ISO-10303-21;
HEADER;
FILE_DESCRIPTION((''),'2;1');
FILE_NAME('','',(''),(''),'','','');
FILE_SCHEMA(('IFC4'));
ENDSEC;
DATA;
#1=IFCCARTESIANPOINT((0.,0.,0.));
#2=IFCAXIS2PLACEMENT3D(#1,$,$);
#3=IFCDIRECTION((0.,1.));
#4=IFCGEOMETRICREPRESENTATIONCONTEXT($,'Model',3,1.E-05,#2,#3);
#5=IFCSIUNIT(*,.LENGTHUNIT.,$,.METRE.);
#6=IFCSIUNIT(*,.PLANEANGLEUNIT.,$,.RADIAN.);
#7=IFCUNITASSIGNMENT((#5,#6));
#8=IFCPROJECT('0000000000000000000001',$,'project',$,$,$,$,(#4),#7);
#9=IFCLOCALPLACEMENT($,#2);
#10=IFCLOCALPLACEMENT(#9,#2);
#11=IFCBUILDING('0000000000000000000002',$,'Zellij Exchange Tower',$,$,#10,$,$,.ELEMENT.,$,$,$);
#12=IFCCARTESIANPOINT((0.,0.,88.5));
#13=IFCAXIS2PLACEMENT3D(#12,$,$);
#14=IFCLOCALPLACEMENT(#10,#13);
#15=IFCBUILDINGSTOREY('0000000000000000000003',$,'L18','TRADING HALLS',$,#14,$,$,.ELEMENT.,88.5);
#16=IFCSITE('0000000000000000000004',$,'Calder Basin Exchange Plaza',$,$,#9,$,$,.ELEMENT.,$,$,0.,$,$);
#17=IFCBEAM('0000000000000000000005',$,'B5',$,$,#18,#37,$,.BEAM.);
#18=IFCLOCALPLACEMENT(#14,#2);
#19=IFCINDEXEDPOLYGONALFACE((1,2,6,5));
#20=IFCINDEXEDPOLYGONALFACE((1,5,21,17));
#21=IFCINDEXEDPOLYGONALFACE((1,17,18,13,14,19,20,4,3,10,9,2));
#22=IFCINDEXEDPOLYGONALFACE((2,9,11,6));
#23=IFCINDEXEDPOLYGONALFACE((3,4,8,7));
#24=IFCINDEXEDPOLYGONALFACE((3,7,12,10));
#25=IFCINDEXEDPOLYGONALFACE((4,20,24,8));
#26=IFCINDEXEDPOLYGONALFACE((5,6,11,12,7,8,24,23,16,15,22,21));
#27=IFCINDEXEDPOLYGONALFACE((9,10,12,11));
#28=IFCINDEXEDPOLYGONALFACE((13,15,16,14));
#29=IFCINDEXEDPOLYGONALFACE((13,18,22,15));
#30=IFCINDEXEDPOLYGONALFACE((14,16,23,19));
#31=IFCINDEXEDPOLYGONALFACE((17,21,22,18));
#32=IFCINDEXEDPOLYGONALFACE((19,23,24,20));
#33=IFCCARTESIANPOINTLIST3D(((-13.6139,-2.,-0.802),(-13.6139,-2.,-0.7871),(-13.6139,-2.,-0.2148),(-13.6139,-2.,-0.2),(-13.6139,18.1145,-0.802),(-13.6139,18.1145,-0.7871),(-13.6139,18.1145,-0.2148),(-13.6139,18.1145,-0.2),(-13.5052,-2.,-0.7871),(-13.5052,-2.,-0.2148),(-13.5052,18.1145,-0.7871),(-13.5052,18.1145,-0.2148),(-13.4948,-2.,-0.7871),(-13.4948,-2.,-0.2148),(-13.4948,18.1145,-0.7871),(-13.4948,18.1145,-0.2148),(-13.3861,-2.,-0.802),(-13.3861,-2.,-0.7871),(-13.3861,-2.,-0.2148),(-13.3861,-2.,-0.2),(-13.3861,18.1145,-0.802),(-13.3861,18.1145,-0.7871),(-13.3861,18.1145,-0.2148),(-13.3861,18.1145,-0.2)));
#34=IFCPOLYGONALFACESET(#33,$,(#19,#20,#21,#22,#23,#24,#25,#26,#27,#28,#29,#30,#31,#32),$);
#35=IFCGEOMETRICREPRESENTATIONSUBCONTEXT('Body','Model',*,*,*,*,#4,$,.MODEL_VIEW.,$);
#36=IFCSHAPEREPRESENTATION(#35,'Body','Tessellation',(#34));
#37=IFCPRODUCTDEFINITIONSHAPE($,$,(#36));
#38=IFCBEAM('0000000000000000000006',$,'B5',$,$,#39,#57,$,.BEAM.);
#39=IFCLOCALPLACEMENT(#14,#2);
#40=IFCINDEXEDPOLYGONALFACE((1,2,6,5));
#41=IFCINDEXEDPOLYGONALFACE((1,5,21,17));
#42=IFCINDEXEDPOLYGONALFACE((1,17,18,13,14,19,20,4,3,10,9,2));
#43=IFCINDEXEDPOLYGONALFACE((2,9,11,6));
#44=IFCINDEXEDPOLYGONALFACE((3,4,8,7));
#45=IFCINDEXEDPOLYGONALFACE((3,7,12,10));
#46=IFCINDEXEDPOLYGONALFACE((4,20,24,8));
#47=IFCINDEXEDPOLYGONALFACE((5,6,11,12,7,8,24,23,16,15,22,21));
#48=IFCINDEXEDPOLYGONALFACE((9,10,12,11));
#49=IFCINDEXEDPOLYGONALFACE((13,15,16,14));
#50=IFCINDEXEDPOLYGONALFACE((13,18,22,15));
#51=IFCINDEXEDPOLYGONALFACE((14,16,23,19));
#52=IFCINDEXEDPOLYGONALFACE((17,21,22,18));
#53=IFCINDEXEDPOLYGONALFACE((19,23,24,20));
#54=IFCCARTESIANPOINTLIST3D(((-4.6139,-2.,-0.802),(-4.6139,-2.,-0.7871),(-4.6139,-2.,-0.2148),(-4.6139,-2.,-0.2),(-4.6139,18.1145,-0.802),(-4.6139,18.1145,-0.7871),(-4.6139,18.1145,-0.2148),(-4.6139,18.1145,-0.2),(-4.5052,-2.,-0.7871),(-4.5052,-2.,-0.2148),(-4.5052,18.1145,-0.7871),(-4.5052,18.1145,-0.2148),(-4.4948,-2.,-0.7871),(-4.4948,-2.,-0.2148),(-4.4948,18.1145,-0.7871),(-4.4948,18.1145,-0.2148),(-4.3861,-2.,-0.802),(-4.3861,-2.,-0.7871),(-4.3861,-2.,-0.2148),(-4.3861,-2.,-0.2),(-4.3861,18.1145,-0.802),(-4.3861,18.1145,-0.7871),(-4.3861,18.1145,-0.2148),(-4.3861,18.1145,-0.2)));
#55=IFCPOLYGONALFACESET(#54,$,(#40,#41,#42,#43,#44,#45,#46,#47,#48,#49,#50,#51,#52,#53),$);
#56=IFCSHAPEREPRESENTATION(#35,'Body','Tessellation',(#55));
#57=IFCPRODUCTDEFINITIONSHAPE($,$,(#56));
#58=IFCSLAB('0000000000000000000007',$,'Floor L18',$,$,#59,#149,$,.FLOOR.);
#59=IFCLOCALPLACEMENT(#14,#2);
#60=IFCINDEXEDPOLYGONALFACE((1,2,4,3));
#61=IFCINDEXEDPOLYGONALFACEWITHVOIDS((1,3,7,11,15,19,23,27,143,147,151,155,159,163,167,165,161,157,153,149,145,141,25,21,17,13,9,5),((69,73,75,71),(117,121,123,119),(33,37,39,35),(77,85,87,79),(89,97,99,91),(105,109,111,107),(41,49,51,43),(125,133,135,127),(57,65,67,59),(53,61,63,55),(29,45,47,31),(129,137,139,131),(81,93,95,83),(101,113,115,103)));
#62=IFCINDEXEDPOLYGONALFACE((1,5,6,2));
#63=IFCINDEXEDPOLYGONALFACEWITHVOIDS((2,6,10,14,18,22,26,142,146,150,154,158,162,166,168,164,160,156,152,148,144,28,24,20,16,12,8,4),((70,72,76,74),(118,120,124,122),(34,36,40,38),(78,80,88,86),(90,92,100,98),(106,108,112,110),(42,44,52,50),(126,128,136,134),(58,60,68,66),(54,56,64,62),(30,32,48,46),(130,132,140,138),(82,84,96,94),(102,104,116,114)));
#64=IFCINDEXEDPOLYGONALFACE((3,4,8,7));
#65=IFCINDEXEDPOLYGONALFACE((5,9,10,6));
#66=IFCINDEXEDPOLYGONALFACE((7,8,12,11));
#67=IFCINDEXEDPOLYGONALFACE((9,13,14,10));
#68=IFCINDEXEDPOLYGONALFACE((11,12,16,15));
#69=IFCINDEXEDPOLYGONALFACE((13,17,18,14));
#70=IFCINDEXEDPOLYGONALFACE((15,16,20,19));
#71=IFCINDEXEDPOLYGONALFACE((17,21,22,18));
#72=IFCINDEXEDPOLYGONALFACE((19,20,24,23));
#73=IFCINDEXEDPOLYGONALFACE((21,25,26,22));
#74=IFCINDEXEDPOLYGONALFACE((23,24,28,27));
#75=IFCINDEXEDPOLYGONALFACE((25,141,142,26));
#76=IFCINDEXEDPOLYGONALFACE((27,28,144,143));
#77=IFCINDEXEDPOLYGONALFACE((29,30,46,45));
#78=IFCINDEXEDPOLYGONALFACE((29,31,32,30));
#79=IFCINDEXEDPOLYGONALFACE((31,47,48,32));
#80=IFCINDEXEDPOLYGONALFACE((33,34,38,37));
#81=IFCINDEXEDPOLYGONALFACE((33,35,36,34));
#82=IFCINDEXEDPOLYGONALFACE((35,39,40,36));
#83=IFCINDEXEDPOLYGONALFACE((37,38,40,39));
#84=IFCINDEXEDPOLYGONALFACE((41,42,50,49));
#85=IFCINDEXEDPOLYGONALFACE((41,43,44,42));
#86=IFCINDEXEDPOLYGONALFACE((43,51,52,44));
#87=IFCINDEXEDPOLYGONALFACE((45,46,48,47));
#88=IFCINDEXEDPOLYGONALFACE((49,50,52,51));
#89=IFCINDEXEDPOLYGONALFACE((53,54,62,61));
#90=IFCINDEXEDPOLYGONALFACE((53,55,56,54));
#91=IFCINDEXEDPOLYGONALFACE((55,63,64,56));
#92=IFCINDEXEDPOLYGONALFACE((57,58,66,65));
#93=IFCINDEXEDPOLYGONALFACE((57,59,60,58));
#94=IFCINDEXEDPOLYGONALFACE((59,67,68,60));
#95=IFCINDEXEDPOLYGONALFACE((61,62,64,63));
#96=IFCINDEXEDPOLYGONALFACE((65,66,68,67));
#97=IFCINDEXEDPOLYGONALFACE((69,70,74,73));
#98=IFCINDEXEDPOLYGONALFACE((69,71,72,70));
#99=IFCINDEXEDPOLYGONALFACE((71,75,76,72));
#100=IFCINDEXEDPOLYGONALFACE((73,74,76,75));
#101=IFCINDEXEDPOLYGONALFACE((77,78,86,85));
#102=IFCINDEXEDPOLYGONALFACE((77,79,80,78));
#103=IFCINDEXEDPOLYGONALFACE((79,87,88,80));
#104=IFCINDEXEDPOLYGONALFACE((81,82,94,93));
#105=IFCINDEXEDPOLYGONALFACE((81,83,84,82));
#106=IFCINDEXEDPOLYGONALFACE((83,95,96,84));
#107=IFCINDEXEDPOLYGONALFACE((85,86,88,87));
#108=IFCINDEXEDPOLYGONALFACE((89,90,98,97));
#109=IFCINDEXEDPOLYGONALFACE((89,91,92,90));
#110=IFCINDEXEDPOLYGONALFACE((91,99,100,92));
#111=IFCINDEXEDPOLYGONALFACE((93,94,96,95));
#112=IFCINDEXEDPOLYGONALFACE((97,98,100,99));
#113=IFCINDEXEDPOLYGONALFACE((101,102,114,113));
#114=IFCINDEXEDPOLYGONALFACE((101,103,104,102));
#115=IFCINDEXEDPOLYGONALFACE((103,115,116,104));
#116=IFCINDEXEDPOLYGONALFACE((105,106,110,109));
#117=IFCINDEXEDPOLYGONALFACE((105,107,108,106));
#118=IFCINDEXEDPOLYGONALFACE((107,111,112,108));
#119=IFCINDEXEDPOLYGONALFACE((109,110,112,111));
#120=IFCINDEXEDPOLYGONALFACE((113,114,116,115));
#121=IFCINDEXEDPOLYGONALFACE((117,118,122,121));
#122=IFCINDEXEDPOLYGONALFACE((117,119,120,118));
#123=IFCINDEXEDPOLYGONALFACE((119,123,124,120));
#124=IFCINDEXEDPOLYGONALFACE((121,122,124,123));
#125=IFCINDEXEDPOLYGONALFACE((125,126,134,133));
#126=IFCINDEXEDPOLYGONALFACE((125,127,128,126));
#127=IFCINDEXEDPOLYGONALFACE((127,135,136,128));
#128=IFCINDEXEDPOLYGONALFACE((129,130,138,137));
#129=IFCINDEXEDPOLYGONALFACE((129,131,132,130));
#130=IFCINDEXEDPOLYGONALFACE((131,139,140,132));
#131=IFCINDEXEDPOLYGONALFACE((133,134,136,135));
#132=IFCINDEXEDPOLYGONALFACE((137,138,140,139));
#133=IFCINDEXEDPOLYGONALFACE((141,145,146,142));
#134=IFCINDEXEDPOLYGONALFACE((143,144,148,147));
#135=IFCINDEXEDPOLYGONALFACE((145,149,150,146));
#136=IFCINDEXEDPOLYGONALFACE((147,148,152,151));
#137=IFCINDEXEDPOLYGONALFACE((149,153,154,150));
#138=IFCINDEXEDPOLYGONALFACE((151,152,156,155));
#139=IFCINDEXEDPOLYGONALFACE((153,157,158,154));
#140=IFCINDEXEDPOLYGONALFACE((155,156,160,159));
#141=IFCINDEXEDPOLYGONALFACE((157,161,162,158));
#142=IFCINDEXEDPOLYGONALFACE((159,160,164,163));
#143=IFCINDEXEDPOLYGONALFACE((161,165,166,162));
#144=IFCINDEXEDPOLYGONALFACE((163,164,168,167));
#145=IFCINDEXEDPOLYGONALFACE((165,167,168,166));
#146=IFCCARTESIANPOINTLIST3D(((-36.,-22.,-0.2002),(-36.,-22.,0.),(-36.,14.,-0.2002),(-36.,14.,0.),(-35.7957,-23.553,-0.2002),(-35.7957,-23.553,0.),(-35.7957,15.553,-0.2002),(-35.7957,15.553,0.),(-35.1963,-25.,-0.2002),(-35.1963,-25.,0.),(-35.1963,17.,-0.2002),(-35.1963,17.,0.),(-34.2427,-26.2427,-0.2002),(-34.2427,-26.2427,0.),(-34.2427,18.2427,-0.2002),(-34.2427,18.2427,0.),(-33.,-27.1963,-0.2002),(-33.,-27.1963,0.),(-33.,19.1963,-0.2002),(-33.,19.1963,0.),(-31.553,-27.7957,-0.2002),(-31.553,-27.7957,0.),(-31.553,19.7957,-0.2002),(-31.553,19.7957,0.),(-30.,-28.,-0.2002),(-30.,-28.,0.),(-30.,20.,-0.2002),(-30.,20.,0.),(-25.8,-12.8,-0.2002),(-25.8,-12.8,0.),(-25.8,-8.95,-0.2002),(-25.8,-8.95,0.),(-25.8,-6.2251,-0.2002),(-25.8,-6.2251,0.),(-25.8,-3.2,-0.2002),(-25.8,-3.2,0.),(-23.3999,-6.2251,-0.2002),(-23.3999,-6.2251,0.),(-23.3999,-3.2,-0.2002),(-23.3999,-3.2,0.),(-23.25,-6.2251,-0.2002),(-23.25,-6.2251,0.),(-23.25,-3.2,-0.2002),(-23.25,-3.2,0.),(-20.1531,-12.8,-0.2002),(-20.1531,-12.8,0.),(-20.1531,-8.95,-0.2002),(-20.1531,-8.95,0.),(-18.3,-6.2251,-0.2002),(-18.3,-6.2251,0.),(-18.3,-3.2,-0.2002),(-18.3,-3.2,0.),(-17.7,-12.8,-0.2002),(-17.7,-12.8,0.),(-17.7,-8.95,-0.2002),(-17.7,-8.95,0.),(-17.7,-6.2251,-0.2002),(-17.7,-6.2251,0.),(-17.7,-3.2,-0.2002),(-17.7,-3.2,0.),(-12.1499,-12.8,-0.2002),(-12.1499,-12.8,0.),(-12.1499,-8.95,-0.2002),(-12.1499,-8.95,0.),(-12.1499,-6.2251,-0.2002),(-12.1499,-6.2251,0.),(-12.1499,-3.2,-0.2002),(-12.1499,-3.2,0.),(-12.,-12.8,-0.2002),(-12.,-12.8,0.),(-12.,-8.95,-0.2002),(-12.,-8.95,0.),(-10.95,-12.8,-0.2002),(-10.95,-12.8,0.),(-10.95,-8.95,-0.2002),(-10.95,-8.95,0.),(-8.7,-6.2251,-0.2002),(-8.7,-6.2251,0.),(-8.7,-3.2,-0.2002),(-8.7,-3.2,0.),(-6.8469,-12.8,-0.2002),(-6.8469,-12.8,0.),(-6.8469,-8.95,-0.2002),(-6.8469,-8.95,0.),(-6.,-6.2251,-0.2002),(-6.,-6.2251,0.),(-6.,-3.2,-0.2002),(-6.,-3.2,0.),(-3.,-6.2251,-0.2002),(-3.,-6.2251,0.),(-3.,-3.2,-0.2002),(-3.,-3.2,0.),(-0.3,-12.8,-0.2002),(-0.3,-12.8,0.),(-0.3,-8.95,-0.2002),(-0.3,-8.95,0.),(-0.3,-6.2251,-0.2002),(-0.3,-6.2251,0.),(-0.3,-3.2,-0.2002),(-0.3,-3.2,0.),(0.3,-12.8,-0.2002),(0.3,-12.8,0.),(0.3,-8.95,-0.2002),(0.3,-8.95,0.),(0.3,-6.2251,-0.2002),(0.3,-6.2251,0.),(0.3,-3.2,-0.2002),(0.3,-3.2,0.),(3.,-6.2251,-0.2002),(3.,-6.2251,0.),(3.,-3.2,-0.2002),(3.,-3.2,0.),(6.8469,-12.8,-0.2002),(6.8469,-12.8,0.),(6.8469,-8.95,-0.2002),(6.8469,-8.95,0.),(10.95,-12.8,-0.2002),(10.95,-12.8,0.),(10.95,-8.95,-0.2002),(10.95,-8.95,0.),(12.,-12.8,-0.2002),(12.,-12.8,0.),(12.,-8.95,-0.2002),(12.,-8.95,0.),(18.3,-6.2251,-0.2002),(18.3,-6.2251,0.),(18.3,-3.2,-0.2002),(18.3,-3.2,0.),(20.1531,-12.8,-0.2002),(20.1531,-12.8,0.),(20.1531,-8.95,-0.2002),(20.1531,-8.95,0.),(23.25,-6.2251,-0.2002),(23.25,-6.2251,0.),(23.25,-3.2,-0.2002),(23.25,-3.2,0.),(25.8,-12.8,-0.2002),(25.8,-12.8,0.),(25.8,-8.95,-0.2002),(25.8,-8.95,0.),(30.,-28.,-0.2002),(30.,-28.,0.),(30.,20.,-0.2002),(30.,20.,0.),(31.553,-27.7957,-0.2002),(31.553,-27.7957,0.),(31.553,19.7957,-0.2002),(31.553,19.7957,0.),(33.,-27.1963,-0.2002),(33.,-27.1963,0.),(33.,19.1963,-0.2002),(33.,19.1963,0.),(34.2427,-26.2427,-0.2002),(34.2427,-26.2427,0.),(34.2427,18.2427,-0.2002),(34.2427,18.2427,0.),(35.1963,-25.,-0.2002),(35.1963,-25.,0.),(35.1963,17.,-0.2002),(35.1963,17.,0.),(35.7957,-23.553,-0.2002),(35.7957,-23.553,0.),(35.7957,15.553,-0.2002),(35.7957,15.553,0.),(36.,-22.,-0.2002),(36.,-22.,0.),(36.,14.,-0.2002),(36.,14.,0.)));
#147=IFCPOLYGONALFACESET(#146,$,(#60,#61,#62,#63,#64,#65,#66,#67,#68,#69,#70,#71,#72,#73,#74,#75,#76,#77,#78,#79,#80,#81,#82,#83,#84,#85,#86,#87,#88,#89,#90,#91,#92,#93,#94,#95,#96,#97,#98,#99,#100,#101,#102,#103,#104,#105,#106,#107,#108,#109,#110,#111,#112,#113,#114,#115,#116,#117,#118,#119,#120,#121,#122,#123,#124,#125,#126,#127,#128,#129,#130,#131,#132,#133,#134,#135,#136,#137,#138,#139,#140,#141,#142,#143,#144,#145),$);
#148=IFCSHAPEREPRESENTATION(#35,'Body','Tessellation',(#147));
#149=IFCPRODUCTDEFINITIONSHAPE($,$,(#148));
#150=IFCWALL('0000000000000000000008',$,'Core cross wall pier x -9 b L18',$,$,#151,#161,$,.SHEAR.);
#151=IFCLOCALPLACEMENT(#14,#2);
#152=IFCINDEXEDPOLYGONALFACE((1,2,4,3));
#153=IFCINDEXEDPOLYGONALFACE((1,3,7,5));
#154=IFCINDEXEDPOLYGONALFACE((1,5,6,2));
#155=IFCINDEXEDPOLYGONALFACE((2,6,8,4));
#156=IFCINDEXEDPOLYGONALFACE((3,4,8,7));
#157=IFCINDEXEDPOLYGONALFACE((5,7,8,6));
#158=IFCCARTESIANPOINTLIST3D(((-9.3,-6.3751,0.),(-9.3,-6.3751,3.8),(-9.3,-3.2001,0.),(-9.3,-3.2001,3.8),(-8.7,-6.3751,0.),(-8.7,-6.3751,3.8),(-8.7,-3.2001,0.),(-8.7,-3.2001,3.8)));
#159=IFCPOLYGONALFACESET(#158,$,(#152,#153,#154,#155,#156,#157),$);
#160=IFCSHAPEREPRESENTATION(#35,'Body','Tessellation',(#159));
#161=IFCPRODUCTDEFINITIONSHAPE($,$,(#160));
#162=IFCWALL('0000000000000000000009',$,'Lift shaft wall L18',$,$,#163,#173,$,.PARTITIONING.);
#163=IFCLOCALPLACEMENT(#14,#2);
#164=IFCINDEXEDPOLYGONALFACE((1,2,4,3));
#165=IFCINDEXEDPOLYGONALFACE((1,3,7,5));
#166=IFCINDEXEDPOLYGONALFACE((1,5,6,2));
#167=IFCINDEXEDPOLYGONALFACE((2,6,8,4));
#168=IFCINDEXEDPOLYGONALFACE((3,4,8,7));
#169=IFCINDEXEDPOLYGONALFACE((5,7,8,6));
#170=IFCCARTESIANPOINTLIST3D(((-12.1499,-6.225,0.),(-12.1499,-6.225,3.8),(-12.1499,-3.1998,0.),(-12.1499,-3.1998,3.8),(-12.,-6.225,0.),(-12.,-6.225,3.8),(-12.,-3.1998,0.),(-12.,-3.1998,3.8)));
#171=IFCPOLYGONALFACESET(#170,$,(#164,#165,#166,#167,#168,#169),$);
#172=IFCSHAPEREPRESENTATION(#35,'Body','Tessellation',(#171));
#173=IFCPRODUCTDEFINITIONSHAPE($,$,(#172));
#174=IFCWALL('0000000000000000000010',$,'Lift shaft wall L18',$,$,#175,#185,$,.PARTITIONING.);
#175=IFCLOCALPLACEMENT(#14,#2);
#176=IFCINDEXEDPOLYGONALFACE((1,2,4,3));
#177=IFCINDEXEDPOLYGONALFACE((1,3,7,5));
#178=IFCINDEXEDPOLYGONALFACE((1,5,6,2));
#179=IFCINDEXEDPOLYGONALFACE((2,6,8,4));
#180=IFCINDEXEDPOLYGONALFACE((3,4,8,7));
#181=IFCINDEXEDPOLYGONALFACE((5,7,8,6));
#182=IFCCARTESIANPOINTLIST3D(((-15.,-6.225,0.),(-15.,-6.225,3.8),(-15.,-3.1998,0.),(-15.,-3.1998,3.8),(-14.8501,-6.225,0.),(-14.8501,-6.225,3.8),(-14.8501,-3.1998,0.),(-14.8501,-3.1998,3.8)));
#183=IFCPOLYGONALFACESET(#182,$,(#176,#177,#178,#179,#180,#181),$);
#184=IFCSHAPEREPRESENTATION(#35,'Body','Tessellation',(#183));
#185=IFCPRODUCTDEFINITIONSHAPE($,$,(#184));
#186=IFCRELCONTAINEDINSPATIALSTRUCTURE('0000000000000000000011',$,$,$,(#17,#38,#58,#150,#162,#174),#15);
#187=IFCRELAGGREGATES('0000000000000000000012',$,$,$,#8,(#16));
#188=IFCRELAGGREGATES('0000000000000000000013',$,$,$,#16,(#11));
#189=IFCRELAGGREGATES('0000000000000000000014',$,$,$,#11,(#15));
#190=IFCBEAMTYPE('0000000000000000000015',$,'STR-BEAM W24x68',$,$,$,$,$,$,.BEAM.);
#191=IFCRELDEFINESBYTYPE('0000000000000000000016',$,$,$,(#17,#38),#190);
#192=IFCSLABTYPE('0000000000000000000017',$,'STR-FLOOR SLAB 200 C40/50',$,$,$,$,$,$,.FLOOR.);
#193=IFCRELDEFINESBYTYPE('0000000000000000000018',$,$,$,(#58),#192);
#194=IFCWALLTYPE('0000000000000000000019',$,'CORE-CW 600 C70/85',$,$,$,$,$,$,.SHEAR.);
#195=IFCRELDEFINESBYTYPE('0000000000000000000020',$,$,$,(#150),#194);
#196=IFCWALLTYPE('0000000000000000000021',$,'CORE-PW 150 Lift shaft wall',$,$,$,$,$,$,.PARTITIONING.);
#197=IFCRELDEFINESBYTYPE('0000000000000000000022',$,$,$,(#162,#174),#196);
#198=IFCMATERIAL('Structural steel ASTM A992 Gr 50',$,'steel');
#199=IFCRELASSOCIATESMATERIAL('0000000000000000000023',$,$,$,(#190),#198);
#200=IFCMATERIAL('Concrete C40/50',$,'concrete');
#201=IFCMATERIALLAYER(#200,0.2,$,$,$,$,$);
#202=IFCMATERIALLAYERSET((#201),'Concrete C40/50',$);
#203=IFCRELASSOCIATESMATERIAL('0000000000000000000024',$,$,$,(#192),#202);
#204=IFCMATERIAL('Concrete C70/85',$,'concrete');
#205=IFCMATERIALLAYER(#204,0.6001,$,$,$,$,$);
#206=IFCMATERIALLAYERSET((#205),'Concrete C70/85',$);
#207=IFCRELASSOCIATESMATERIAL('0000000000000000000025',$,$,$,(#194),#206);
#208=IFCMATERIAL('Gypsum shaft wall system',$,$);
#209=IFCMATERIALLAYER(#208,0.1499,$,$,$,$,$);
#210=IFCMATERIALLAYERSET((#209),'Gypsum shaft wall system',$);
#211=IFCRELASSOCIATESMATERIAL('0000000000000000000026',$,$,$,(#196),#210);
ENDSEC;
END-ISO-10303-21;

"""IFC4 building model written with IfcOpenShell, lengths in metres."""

from ifc_helpers import new_model, si_unit, direction, frame, frame_2d, origin, origin_2d, place, context, subcontext, project, spatial, polyline, rectangle, i_section, outline, extrude, material, layer, layer_set, material_profile, profile_set, type_object, element, save


model = new_model("IFC4")

# Units and contexts
model_context = context("Model", 3, precision=1e-05, world=origin(), true_north=direction((0.0, 1.0)))
body_context = subcontext(model_context, "Body", "Model", "MODEL_VIEW")
ifc_project = project(units=[si_unit("LENGTHUNIT", "METRE"), si_unit("PLANEANGLEUNIT", "RADIAN")], contexts=[model_context])

# Site, building, storey
site_placement = place(None, origin())
site = spatial("IfcSite", under=ifc_project, at=site_placement, Name="Calder Basin Exchange Plaza", CompositionType="ELEMENT", RefElevation=0.0)
building_placement = place(site_placement, origin())
building = spatial("IfcBuilding", under=site, at=building_placement, Name="Zellij Exchange Tower", CompositionType="ELEMENT")
storey_placement = place(building_placement, frame((0.0, 0.0, 88.5)))
storey = spatial("IfcBuildingStorey", under=building, at=storey_placement, Name="L18", Description="TRADING HALLS", CompositionType="ELEMENT", Elevation=88.5)

# Beams
ifc_material_1 = material(Name="Structural steel ASTM A992 Gr 50", Category="steel")
ifc_material_profile = material_profile(ifc_material_1, i_section(OverallWidth=0.2278, OverallDepth=0.6021, WebThickness=0.0105, FlangeThickness=0.0149, at=origin_2d()), Name="W24x68")
ifc_profile_set = profile_set([ifc_material_profile], Name="Structural steel ASTM A992 Gr 50")
beam_type = type_object("IfcBeamType", Name="STR-BEAM W24x68", PredefinedType="BEAM", material=ifc_profile_set)
for number, where, z_axis, x_axis, name in (
    (1, (-13.5, -2.0, -0.501), (0.0, 1.0, 0.0), (-1.0, 0.0, 0.0), "B5"),
    (2, (-4.5, -2.0, -0.501), (0.0, 1.0, 0.0), (-1.0, 0.0, 0.0), "B5"),
):
    element("IfcBeam", number, at=place(storey_placement, frame(where, z_axis=z_axis, x_axis=x_axis)), inside=storey, type_object=beam_type, Name=name, PredefinedType="BEAM", context=body_context, shape_type="SweptSolid", body=[
        extrude(i_section(OverallWidth=0.2278, OverallDepth=0.6021, WebThickness=0.0105, FlangeThickness=0.0149, at=origin_2d()), origin(), (0.0, 0.0, 1.0), 20.1145),
    ])

# Slab
ifc_material_2 = material(Name="Concrete C40/50", Category="concrete")
ifc_layer_1 = layer(ifc_material_2, 0.2)
ifc_layer_set_1 = layer_set([ifc_layer_1], Name="Concrete C40/50")
slab_type = type_object("IfcSlabType", Name="STR-FLOOR SLAB 200 C40/50", PredefinedType="FLOOR", material=ifc_layer_set_1)
slab_placement = place(storey_placement, frame((0.0, 0.0, -0.2002)))
element("IfcSlab", 3, at=slab_placement, inside=storey, type_object=slab_type, Name="Floor L18", PredefinedType="FLOOR", context=body_context, shape_type="SweptSolid", body=[
    extrude(outline(polyline([(-30.0, -28.0), (-31.553, -27.7957), (-33.0, -27.1963), (-34.2427, -26.2427), (-35.1963, -25.0), (-35.7957, -23.553), (-36.0, -22.0), (-36.0, 14.0), (-35.7957, 15.553), (-35.1963, 17.0), (-34.2427, 18.2427), (-33.0, 19.1963), (-31.553, 19.7957), (-30.0, 20.0), (30.0, 20.0), (31.553, 19.7957), (33.0, 19.1963), (34.2427, 18.2427), (35.1963, 17.0), (35.7957, 15.553), (36.0, 14.0), (36.0, -22.0), (35.7957, -23.553), (35.1963, -25.0), (34.2427, -26.2427), (33.0, -27.1963), (31.553, -27.7957), (30.0, -28.0), (-30.0, -28.0)]), holes=[polyline([(-25.8, -8.95), (-25.8, -12.8), (-20.1531, -12.8), (-20.1531, -8.95), (-25.8, -8.95)]), polyline([(-12.1499, -8.95), (-17.7, -8.95), (-17.7, -12.8), (-12.1499, -12.8), (-12.1499, -8.95)]), polyline([(-10.95, -8.95), (-12.0, -8.95), (-12.0, -12.8), (-10.95, -12.8), (-10.95, -8.95)]), polyline([(-23.3999, -3.2), (-25.8, -3.2), (-25.8, -6.2251), (-23.3999, -6.2251), (-23.3999, -3.2)]), polyline([(-18.3, -3.2), (-23.25, -3.2), (-23.25, -6.2251), (-18.3, -6.2251), (-18.3, -3.2)]), polyline([(-12.1499, -3.2), (-17.7, -3.2), (-17.7, -6.2251), (-12.1499, -6.2251), (-12.1499, -3.2)]), polyline([(-6.0, -3.2), (-8.7, -3.2), (-8.7, -6.2251), (-6.0, -6.2251), (-6.0, -3.2)]), polyline([(-6.8469, -8.95), (-6.8469, -12.8), (-0.3, -12.8), (-0.3, -8.95), (-6.8469, -8.95)]), polyline([(6.8469, -8.95), (0.3, -8.95), (0.3, -12.8), (6.8469, -12.8), (6.8469, -8.95)]), polyline([(12.0, -8.95), (10.95, -8.95), (10.95, -12.8), (12.0, -12.8), (12.0, -8.95)]), polyline([(25.8, -8.95), (20.1531, -8.95), (20.1531, -12.8), (25.8, -12.8), (25.8, -8.95)]), polyline([(-0.3, -3.2), (-3.0, -3.2), (-3.0, -6.2251), (-0.3, -6.2251), (-0.3, -3.2)]), polyline([(3.0, -3.2), (0.3, -3.2), (0.3, -6.2251), (3.0, -6.2251), (3.0, -3.2)]), polyline([(23.25, -3.2), (18.3, -3.2), (18.3, -6.2251), (23.25, -6.2251), (23.25, -3.2)])]), origin(), (0.0, 0.0, 1.0), 0.2002),
])

# Walls
ifc_material_3 = material(Name="Concrete C70/85", Category="concrete")
ifc_layer_2 = layer(ifc_material_3, 0.6001)
ifc_layer_set_2 = layer_set([ifc_layer_2], Name="Concrete C70/85")
wall_type_1 = type_object("IfcWallType", Name="CORE-CW 600 C70/85", PredefinedType="SHEAR", material=ifc_layer_set_2)
wall_1_placement = place(storey_placement, frame((-9.0, -6.375, 0.0), z_axis=(0.0, 0.0, 1.0), x_axis=(0.0, 1.0, 0.0)))
element("IfcWall", 4, at=wall_1_placement, inside=storey, type_object=wall_type_1, Name="Core cross wall pier x -9 b L18", PredefinedType="SHEAR", context=body_context, shape_type="SweptSolid", body=[
    extrude(rectangle(XDim=3.175, YDim=0.6001, at=frame_2d((1.5874, 0.0))), origin(), (0.0, 0.0, 1.0), 3.8),
])
ifc_material_4 = material(Name="Gypsum shaft wall system")
ifc_layer_3 = layer(ifc_material_4, 0.1499)
ifc_layer_set_3 = layer_set([ifc_layer_3], Name="Gypsum shaft wall system")
wall_type_2 = type_object("IfcWallType", Name="CORE-PW 150 Lift shaft wall", PredefinedType="PARTITIONING", material=ifc_layer_set_3)
for number, where, z_axis, x_axis, name in (
    (5, (-12.075, -6.2251, 0.0), (0.0, 0.0, 1.0), (0.0, 1.0, 0.0), "Lift shaft wall L18"),
    (6, (-14.925, -6.2251, 0.0), (0.0, 0.0, 1.0), (0.0, 1.0, 0.0), "Lift shaft wall L18"),
):
    element("IfcWall", number, at=place(storey_placement, frame(where, z_axis=z_axis, x_axis=x_axis)), inside=storey, type_object=wall_type_2, Name=name, PredefinedType="PARTITIONING", context=body_context, shape_type="SweptSolid", body=[
        extrude(rectangle(XDim=3.0251, YDim=0.1499, at=frame_2d((1.5127, 0.0))), origin(), (0.0, 0.0, 1.0), 3.8),
    ])

save(model, "model.ifc")
